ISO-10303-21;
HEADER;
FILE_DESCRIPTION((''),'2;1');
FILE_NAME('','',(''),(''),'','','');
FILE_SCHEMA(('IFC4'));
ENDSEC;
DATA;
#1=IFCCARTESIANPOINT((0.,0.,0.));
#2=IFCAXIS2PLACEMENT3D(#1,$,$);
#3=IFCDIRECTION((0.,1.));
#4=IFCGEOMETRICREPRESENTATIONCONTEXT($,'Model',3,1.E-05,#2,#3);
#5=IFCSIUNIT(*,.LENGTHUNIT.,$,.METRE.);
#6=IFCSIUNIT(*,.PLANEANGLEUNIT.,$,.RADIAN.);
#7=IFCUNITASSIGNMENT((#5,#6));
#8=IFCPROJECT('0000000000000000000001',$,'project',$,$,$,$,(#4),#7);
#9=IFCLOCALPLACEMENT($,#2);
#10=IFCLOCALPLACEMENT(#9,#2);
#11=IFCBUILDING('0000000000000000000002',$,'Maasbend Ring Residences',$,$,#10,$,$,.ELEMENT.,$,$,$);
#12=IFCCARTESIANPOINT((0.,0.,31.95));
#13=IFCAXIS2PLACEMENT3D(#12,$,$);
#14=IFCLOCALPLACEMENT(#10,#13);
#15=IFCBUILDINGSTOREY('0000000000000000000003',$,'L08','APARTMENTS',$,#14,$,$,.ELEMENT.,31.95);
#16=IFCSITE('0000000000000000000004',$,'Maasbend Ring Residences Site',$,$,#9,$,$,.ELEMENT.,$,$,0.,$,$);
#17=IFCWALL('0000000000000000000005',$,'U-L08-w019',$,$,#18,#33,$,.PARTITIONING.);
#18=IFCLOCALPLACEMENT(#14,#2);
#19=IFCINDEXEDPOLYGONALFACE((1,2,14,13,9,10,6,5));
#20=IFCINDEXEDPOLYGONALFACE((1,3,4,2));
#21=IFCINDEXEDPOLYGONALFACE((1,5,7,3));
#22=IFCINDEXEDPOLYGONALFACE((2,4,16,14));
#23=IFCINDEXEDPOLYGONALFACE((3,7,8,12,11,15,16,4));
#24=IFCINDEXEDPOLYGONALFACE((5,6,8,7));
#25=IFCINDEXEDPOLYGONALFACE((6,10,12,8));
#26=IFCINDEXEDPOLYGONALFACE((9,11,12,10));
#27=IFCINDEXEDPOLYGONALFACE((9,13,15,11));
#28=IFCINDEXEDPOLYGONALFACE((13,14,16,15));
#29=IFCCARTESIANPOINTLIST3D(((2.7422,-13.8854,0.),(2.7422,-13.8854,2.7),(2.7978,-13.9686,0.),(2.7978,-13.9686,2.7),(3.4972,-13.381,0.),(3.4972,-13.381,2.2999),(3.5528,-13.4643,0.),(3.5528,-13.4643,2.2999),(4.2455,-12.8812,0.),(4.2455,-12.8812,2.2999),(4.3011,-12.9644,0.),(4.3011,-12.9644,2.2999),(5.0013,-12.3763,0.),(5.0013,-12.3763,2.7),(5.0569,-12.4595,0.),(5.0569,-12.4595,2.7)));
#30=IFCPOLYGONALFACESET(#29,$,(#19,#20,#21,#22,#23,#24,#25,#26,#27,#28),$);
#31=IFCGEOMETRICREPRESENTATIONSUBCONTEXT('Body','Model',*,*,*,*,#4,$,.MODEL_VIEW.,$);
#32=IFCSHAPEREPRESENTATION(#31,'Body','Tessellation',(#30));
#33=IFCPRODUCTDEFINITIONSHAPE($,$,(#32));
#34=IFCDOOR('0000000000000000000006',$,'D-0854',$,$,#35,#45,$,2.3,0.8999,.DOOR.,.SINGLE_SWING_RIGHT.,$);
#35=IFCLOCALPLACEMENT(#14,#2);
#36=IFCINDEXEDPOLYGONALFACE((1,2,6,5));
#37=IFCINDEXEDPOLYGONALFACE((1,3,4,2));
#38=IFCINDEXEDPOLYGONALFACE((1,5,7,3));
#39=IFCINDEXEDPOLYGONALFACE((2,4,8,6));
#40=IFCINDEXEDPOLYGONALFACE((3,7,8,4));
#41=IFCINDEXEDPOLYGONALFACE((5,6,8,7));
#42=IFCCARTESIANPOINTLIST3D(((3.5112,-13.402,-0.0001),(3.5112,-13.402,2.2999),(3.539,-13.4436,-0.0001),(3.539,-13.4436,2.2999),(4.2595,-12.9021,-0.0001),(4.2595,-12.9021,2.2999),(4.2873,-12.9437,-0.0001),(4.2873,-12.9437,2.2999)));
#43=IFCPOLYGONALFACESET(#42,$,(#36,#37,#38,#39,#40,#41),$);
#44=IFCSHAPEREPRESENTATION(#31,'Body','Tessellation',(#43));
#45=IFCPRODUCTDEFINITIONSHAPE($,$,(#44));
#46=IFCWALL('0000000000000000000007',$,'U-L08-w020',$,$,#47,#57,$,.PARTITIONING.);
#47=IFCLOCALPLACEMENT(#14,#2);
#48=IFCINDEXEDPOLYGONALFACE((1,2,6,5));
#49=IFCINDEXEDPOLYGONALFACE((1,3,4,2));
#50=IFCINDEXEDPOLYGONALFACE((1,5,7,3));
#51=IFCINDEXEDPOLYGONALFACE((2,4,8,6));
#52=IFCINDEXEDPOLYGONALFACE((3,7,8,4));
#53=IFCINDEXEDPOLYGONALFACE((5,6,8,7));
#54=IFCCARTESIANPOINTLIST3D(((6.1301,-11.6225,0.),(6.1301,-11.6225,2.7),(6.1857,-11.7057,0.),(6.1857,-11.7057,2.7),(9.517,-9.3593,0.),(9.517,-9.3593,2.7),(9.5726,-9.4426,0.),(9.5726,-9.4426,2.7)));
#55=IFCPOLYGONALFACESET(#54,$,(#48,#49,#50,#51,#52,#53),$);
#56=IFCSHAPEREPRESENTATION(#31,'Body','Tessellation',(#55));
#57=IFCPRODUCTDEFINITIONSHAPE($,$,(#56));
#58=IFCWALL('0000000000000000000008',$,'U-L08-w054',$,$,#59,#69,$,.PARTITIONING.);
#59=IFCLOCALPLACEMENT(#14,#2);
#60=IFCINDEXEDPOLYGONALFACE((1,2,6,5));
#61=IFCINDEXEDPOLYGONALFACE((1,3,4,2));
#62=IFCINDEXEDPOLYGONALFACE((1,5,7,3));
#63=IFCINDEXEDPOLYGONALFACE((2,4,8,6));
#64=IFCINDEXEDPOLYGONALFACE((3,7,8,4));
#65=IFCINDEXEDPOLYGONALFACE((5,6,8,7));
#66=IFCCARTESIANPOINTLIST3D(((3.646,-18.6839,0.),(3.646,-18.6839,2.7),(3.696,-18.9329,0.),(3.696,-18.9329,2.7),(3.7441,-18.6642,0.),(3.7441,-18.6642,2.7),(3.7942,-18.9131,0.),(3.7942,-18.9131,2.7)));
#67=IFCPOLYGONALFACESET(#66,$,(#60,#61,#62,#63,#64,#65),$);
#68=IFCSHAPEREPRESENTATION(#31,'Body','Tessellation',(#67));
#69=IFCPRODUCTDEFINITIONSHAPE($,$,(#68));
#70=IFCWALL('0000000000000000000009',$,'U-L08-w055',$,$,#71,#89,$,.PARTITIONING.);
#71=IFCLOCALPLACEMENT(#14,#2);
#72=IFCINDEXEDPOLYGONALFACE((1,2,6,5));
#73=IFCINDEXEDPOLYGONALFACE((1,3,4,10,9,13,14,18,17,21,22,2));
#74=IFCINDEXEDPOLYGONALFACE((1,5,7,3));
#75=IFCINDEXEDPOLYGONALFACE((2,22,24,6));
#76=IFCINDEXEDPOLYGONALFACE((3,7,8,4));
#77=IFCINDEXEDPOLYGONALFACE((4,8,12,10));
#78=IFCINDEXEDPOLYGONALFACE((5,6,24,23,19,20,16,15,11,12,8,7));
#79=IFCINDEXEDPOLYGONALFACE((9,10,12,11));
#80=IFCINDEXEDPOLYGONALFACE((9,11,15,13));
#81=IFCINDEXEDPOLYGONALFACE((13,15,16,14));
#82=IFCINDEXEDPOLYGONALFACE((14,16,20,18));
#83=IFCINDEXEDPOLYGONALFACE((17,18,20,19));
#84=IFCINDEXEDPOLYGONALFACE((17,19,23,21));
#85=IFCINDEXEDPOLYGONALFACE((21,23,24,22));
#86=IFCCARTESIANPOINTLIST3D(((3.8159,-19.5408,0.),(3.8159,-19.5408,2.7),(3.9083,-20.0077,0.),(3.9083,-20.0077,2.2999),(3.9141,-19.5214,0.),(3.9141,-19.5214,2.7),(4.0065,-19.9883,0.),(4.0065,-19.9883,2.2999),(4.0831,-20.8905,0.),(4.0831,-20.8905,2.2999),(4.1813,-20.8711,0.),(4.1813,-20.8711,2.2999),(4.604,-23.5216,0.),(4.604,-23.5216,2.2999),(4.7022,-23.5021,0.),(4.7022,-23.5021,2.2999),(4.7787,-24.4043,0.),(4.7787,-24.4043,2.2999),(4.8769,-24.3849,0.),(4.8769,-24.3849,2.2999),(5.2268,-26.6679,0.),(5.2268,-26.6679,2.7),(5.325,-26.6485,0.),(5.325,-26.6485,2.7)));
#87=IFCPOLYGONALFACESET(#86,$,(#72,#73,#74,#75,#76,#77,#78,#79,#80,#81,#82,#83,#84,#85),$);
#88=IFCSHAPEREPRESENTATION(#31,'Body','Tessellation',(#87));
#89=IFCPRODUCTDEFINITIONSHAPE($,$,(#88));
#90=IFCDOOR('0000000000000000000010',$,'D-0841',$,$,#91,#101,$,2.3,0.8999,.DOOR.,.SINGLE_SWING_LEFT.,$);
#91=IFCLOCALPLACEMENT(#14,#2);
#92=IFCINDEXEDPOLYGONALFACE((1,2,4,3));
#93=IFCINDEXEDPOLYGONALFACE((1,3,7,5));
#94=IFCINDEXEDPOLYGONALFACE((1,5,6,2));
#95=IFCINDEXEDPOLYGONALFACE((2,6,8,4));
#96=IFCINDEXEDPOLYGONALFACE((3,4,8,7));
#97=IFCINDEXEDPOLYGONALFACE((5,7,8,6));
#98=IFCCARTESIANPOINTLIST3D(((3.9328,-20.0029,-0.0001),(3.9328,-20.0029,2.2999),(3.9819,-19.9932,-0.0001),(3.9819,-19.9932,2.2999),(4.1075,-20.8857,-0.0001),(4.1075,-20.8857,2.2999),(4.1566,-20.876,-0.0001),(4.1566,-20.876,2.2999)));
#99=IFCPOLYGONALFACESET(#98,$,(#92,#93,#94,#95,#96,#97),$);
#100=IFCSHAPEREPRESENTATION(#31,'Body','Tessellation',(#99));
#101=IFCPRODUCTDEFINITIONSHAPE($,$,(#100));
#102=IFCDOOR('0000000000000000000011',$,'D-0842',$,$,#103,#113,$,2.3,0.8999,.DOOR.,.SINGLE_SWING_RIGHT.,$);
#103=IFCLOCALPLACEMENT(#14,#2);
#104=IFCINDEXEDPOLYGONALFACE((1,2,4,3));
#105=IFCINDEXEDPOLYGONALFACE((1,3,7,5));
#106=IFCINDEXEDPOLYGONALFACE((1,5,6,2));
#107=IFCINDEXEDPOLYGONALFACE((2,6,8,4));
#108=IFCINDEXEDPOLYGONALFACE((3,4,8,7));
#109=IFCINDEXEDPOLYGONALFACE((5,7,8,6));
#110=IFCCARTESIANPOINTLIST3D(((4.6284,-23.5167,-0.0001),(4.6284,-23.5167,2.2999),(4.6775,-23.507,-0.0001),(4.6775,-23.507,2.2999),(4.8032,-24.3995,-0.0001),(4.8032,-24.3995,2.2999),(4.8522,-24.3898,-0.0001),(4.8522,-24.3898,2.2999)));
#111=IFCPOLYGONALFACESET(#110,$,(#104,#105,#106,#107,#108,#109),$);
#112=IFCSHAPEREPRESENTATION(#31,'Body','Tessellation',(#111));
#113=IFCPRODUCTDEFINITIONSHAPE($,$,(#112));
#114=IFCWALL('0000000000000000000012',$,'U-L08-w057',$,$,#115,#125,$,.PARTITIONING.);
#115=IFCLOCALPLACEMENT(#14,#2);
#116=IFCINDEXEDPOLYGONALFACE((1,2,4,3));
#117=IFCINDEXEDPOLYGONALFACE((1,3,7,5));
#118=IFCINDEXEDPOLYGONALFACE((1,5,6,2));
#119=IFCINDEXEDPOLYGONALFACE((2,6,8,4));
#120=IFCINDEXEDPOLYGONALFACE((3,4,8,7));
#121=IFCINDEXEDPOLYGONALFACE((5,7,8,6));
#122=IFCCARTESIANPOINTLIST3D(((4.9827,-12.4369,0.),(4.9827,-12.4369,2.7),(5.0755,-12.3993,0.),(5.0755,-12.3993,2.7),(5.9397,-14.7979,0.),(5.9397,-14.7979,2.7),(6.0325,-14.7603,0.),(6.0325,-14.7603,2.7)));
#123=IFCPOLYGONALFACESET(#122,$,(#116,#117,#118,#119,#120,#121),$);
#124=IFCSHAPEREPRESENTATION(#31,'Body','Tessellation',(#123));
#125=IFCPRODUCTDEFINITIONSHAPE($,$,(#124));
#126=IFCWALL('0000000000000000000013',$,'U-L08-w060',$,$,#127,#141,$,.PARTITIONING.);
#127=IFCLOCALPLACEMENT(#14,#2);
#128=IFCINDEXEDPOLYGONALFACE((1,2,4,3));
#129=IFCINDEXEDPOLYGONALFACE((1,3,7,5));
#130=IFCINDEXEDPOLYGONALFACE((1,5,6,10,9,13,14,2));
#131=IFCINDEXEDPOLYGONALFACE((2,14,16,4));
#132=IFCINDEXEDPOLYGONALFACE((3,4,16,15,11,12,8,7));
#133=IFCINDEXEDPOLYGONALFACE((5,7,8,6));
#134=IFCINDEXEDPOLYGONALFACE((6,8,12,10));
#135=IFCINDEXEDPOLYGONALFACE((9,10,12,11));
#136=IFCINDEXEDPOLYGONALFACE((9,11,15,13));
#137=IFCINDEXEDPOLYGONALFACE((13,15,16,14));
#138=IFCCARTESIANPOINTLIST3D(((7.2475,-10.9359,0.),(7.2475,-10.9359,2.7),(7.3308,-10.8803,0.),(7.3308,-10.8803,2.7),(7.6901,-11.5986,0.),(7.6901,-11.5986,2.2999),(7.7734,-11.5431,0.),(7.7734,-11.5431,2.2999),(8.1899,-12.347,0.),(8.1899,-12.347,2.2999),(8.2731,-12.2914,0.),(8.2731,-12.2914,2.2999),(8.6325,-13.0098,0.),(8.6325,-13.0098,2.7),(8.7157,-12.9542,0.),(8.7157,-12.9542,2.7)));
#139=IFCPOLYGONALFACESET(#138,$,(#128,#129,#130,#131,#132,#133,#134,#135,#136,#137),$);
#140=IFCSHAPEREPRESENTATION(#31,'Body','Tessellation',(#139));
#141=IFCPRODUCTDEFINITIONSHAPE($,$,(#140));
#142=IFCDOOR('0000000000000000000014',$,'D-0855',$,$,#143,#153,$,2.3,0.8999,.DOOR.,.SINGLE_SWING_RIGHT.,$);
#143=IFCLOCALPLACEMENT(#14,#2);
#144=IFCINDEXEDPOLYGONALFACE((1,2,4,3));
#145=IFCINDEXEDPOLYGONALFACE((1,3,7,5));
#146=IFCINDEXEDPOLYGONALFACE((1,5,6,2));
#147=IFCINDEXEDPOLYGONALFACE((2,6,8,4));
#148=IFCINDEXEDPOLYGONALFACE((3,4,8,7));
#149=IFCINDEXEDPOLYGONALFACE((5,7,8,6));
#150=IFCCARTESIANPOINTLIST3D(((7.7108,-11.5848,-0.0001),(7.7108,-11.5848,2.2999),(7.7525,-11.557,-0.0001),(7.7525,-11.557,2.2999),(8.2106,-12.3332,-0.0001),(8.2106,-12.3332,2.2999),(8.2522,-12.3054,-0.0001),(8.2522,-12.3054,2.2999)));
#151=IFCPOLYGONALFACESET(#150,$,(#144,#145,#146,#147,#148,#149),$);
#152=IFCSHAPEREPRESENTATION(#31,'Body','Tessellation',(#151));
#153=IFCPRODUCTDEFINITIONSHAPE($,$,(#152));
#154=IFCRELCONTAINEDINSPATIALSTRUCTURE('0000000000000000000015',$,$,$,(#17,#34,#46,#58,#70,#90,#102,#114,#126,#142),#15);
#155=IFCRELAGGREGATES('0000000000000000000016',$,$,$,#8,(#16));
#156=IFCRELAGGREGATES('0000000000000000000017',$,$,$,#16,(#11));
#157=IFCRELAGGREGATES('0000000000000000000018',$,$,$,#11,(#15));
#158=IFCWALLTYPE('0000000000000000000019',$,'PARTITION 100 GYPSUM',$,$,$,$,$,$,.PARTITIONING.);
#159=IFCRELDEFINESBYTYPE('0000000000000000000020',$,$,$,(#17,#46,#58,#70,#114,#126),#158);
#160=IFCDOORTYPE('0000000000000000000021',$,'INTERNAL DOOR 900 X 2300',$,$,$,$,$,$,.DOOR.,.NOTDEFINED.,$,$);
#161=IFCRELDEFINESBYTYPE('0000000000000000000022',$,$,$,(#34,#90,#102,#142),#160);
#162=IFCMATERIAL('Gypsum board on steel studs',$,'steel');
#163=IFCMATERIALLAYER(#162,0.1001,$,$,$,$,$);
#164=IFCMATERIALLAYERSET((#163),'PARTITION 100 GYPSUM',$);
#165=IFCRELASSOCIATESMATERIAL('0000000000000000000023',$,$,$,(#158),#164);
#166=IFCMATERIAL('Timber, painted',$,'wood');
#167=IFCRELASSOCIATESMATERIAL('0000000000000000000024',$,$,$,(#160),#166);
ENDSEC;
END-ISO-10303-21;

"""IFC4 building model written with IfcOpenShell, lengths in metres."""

from ifc_helpers import new_model, si_unit, direction, frame, frame_2d, origin, place, context, subcontext, project, spatial, rectangle, extrude, material, layer, layer_set, type_object, element, fill, save


model = new_model("IFC4")

# Units and contexts
model_context = context("Model", 3, precision=1e-05, world=origin(), true_north=direction((0.0, 1.0)))
body_context = subcontext(model_context, "Body", "Model", "MODEL_VIEW")
ifc_project = project(units=[si_unit("LENGTHUNIT", "METRE"), si_unit("PLANEANGLEUNIT", "RADIAN")], contexts=[model_context])

# Site, building, storey
site_placement = place(None, origin())
site = spatial("IfcSite", under=ifc_project, at=site_placement, Name="Maasbend Ring Residences Site", CompositionType="ELEMENT", RefElevation=0.0)
building_placement = place(site_placement, origin())
building = spatial("IfcBuilding", under=site, at=building_placement, Name="Maasbend Ring Residences", CompositionType="ELEMENT")
storey_placement = place(building_placement, frame((0.0, 0.0, 31.95)))
storey = spatial("IfcBuildingStorey", under=building, at=storey_placement, Name="L08", Description="APARTMENTS", CompositionType="ELEMENT", Elevation=31.95)

# Wall, opening, door
ifc_material_1 = material(Name="Gypsum board on steel studs", Category="steel")
ifc_layer_1 = layer(ifc_material_1, 0.1001)
ifc_layer_set_1 = layer_set([ifc_layer_1], Name="PARTITION 100 GYPSUM")
wall_type_1 = type_object("IfcWallType", Name="PARTITION 100 GYPSUM", PredefinedType="PARTITIONING", material=ifc_layer_set_1)
wall_1_placement = place(storey_placement, frame((2.77, -13.927, 0.0), z_axis=(0.0, 0.0, 1.0), x_axis=(0.831538, 0.555467, 0.0)))
wall_1 = element("IfcWall", 1, at=wall_1_placement, inside=storey, type_object=wall_type_1, Name="U-L08-w019", PredefinedType="PARTITIONING", context=body_context, shape_type="SweptSolid", body=[
    extrude(rectangle(XDim=2.7168, YDim=0.1001, at=frame_2d((1.3584, 0.0))), origin(), (0.0, 0.0, 1.0), 2.7),
])
opening_1_placement = place(wall_1_placement, frame((0.908, 0.0, 0.0)))
opening_1 = element("IfcOpeningElement", 2, at=opening_1_placement, cuts=wall_1, PredefinedType="OPENING", context=body_context, shape_type="SweptSolid", body=[
    extrude(rectangle(XDim=0.8999, YDim=2.3, at=frame_2d((0.45, 1.1499))), frame((0.0, 0.0601, 0.0), z_axis=(0.0, -1.0, 0.0), x_axis=(1.0, 0.0, 0.0)), (0.0, 0.0, 1.0), 0.1201),
])
ifc_material_2 = material(Name="Timber, painted", Category="wood")
door_type_1 = type_object("IfcDoorType", Name="INTERNAL DOOR 900 X 2300", OperationType="NOTDEFINED", PredefinedType="DOOR", material=ifc_material_2)
door_1_placement = place(opening_1_placement, origin())
door_1 = element("IfcDoor", 3, at=door_1_placement, inside=storey, type_object=door_type_1, Name="D-0854", OperationType="SINGLE_SWING_RIGHT", OverallHeight=2.3, OverallWidth=0.8999, PredefinedType="DOOR", context=body_context, shape_type="SweptSolid", body=[
    extrude(rectangle(XDim=0.8999, YDim=2.3, at=frame_2d((0.45, 1.1499))), frame((0.0, 0.0249, 0.0), z_axis=(0.0, -1.0, 0.0), x_axis=(1.0, 0.0, 0.0)), (0.0, 0.0, 1.0), 0.05),
])
fill(opening_1, door_1)

# Walls
wall_2_placement = place(storey_placement, frame((6.158, -11.6641, 0.0), z_axis=(0.0, 0.0, 1.0), x_axis=(0.83146, 0.555585, 0.0)))
element("IfcWall", 4, at=wall_2_placement, inside=storey, type_object=wall_type_1, Name="U-L08-w020", PredefinedType="PARTITIONING", context=body_context, shape_type="SweptSolid", body=[
    extrude(rectangle(XDim=4.0735, YDim=0.1001, at=frame_2d((2.0366, 0.0))), origin(), (0.0, 0.0, 1.0), 2.7),
])
wall_3_placement = place(storey_placement, frame((3.6951, -18.6741, 0.0), z_axis=(0.0, 0.0, 1.0), x_axis=(0.19704, -0.980395, 0.0)))
element("IfcWall", 5, at=wall_3_placement, inside=storey, type_object=wall_type_1, Name="U-L08-w054", PredefinedType="PARTITIONING", context=body_context, shape_type="SweptSolid", body=[
    extrude(rectangle(XDim=0.2539, YDim=0.1001, at=frame_2d((0.127, 0.0))), origin(), (0.0, 0.0, 1.0), 2.7),
])

# Wall, openings, doors
wall_4_placement = place(storey_placement, frame((3.865, -19.531, 0.0), z_axis=(0.0, 0.0, 1.0), x_axis=(0.194196, -0.980963, 0.0)))
wall_4 = element("IfcWall", 6, at=wall_4_placement, inside=storey, type_object=wall_type_1, Name="U-L08-w055", PredefinedType="PARTITIONING", context=body_context, shape_type="SweptSolid", body=[
    extrude(rectangle(XDim=7.2654, YDim=0.1001, at=frame_2d((3.6328, 0.0))), origin(), (0.0, 0.0, 1.0), 2.7),
])
opening_2_placement = place(wall_4_placement, frame((0.4761, 0.0, 0.0)))
opening_2 = element("IfcOpeningElement", 7, at=opening_2_placement, cuts=wall_4, PredefinedType="OPENING", context=body_context, shape_type="SweptSolid", body=[
    extrude(rectangle(XDim=0.8999, YDim=2.3, at=frame_2d((0.45, 1.1499))), frame((0.0, 0.0601, 0.0), z_axis=(0.0, -1.0, 0.0), x_axis=(1.0, 0.0, 0.0)), (0.0, 0.0, 1.0), 0.1201),
])
opening_3_placement = place(wall_4_placement, frame((4.0581, 0.0, 0.0)))
opening_3 = element("IfcOpeningElement", 8, at=opening_3_placement, cuts=wall_4, PredefinedType="OPENING", context=body_context, shape_type="SweptSolid", body=[
    extrude(rectangle(XDim=0.8999, YDim=2.3, at=frame_2d((0.45, 1.1499))), frame((0.0, 0.0601, 0.0), z_axis=(0.0, -1.0, 0.0), x_axis=(1.0, 0.0, 0.0)), (0.0, 0.0, 1.0), 0.1201),
])
door_2_placement = place(opening_2_placement, origin())
door_2 = element("IfcDoor", 9, at=door_2_placement, inside=storey, type_object=door_type_1, Name="D-0841", OperationType="SINGLE_SWING_LEFT", OverallHeight=2.3, OverallWidth=0.8999, PredefinedType="DOOR", context=body_context, shape_type="SweptSolid", body=[
    extrude(rectangle(XDim=0.8999, YDim=2.3, at=frame_2d((0.45, 1.1499))), frame((0.0, 0.0249, 0.0), z_axis=(0.0, -1.0, 0.0), x_axis=(1.0, 0.0, 0.0)), (0.0, 0.0, 1.0), 0.05),
])
fill(opening_2, door_2)
door_3_placement = place(opening_3_placement, origin())
door_3 = element("IfcDoor", 10, at=door_3_placement, inside=storey, type_object=door_type_1, Name="D-0842", OperationType="SINGLE_SWING_RIGHT", OverallHeight=2.3, OverallWidth=0.8999, PredefinedType="DOOR", context=body_context, shape_type="SweptSolid", body=[
    extrude(rectangle(XDim=0.8999, YDim=2.3, at=frame_2d((0.45, 1.1499))), frame((0.0, 0.0249, 0.0), z_axis=(0.0, -1.0, 0.0), x_axis=(1.0, 0.0, 0.0)), (0.0, 0.0, 1.0), 0.05),
])
fill(opening_3, door_3)

# Wall
wall_5_placement = place(storey_placement, frame((5.0291, -12.418, 0.0), z_axis=(0.0, 0.0, 1.0), x_axis=(0.375649, -0.926762, 0.0)))
element("IfcWall", 11, at=wall_5_placement, inside=storey, type_object=wall_type_1, Name="U-L08-w057", PredefinedType="PARTITIONING", context=body_context, shape_type="SweptSolid", body=[
    extrude(rectangle(XDim=2.5476, YDim=0.1001, at=frame_2d((1.2739, 0.0))), origin(), (0.0, 0.0, 1.0), 2.7),
])

# Wall, opening, door
wall_6_placement = place(storey_placement, frame((7.2891, -10.908, 0.0), z_axis=(0.0, 0.0, 1.0), x_axis=(0.555355, -0.831613, 0.0)))
wall_6 = element("IfcWall", 12, at=wall_6_placement, inside=storey, type_object=wall_type_1, Name="U-L08-w060", PredefinedType="PARTITIONING", context=body_context, shape_type="SweptSolid", body=[
    extrude(rectangle(XDim=2.4939, YDim=0.1001, at=frame_2d((1.2471, 0.0))), origin(), (0.0, 0.0, 1.0), 2.7),
])
opening_4_placement = place(wall_6_placement, frame((0.7971, 0.0, 0.0)))
opening_4 = element("IfcOpeningElement", 13, at=opening_4_placement, cuts=wall_6, PredefinedType="OPENING", context=body_context, shape_type="SweptSolid", body=[
    extrude(rectangle(XDim=0.8999, YDim=2.3, at=frame_2d((0.45, 1.1499))), frame((0.0, 0.0601, 0.0), z_axis=(0.0, -1.0, 0.0), x_axis=(1.0, 0.0, 0.0)), (0.0, 0.0, 1.0), 0.1201),
])
door_4_placement = place(opening_4_placement, origin())
door_4 = element("IfcDoor", 14, at=door_4_placement, inside=storey, type_object=door_type_1, Name="D-0855", OperationType="SINGLE_SWING_RIGHT", OverallHeight=2.3, OverallWidth=0.8999, PredefinedType="DOOR", context=body_context, shape_type="SweptSolid", body=[
    extrude(rectangle(XDim=0.8999, YDim=2.3, at=frame_2d((0.45, 1.1499))), frame((0.0, 0.0249, 0.0), z_axis=(0.0, -1.0, 0.0), x_axis=(1.0, 0.0, 0.0)), (0.0, 0.0, 1.0), 0.05),
])
fill(opening_4, door_4)

save(model, "model.ifc")
